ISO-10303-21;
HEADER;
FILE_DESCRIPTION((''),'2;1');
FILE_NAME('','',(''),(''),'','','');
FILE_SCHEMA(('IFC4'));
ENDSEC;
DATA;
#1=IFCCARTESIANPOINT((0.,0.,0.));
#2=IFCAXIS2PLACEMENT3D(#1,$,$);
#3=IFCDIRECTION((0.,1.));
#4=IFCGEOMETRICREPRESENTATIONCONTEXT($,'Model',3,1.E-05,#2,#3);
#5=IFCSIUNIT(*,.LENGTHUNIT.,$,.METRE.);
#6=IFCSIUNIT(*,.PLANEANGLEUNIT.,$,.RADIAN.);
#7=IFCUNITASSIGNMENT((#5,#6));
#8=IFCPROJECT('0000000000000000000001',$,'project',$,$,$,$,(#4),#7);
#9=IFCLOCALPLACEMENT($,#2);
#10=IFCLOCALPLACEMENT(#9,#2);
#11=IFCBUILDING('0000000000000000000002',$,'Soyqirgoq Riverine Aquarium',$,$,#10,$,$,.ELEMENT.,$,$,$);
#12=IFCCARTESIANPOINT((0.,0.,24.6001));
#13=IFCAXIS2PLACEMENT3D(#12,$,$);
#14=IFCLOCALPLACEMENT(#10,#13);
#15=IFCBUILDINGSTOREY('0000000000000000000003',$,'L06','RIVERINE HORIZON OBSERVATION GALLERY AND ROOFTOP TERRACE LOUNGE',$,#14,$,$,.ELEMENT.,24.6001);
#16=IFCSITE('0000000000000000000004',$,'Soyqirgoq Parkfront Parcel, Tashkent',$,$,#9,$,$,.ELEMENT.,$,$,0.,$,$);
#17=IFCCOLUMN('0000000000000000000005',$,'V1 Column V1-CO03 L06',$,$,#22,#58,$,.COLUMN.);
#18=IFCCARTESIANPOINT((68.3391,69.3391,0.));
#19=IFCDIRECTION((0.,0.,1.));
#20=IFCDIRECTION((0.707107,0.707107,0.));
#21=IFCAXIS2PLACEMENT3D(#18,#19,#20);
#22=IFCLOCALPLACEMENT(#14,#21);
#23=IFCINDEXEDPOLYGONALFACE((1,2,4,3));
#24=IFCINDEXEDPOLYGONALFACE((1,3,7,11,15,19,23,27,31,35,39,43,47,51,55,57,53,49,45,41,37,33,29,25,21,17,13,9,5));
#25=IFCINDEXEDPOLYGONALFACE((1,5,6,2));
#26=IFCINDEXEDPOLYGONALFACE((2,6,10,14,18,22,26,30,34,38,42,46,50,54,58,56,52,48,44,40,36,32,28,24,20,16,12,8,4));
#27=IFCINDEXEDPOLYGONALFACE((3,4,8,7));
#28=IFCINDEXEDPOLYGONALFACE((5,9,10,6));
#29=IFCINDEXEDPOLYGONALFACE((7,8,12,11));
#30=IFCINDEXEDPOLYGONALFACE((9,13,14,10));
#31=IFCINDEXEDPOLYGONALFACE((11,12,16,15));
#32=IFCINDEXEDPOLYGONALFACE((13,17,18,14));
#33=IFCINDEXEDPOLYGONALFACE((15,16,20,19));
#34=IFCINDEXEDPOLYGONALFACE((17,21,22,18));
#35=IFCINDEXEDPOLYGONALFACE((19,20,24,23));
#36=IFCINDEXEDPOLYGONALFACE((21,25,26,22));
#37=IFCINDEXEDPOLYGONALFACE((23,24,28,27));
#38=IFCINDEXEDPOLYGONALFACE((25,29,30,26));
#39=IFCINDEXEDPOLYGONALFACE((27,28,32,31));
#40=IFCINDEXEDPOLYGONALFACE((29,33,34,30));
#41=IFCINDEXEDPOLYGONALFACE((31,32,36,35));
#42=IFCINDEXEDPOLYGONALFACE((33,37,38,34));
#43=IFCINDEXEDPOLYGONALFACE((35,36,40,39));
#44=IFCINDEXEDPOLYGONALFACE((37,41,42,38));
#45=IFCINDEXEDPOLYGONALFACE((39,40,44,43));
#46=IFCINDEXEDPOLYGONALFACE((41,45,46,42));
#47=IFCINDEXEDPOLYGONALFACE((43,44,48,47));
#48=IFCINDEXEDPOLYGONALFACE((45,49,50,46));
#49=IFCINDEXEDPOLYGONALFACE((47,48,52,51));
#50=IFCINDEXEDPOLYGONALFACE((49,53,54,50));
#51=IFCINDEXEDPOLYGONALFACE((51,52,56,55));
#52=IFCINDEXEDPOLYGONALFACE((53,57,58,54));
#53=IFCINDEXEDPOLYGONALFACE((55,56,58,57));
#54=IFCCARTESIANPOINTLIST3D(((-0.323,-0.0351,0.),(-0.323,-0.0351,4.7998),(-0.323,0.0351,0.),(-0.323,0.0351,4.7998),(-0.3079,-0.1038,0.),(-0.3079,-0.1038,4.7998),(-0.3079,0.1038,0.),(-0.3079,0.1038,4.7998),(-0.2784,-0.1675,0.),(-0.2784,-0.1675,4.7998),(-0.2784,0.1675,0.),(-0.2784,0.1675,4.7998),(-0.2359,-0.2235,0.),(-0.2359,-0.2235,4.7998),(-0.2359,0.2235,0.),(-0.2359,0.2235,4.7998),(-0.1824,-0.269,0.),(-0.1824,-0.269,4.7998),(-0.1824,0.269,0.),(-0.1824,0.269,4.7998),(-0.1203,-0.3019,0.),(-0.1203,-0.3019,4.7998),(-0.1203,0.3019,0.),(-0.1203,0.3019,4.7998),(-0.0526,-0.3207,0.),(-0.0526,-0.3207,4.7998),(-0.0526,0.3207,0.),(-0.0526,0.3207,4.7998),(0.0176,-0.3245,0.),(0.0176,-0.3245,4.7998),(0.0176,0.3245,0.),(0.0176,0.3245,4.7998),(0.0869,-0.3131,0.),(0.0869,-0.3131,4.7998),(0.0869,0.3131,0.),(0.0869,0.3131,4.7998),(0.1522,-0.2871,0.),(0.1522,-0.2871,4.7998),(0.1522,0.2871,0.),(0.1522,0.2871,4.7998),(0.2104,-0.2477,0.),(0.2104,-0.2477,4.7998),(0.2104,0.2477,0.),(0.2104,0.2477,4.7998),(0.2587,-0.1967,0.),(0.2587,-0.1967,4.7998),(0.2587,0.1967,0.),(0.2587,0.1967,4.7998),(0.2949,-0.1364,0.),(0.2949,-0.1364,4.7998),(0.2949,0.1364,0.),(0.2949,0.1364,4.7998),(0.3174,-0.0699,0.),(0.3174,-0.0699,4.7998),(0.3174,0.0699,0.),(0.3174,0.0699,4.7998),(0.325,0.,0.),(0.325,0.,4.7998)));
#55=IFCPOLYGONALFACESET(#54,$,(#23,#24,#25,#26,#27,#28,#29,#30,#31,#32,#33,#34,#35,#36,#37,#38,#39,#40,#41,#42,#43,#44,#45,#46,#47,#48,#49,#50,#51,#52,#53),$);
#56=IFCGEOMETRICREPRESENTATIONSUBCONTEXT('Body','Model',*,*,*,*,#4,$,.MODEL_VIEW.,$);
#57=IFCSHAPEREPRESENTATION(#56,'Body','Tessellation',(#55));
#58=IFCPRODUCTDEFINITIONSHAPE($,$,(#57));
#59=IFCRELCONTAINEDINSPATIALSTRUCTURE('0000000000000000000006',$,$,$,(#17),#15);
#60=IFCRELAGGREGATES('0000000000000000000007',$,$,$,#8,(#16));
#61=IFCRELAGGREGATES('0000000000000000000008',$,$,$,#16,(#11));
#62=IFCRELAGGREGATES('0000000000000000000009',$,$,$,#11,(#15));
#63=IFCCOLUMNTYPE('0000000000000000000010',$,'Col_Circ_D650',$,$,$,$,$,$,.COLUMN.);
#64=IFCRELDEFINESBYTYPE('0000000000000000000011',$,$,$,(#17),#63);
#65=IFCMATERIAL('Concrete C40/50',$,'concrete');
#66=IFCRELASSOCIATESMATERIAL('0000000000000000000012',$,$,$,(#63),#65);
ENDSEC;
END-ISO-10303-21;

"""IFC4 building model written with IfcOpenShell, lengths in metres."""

from ifc_helpers import new_model, si_unit, direction, frame, origin, origin_2d, place, context, subcontext, project, spatial, circle, extrude, material, material_profile, profile_set, type_object, element, save


model = new_model("IFC4")

# Units and contexts
model_context = context("Model", 3, precision=1e-05, world=origin(), true_north=direction((0.0, 1.0)))
body_context = subcontext(model_context, "Body", "Model", "MODEL_VIEW")
ifc_project = project(units=[si_unit("LENGTHUNIT", "METRE"), si_unit("PLANEANGLEUNIT", "RADIAN")], contexts=[model_context])

# Site, building, storey
site_placement = place(None, origin())
site = spatial("IfcSite", under=ifc_project, at=site_placement, Name="Soyqirgoq Parkfront Parcel, Tashkent", CompositionType="ELEMENT", RefElevation=0.0)
building_placement = place(site_placement, origin())
building = spatial("IfcBuilding", under=site, at=building_placement, Name="Soyqirgoq Riverine Aquarium", CompositionType="ELEMENT")
storey_placement = place(building_placement, frame((0.0, 0.0, 24.6001)))
storey = spatial("IfcBuildingStorey", under=building, at=storey_placement, Name="L06", Description="RIVERINE HORIZON OBSERVATION GALLERY AND ROOFTOP TERRACE LOUNGE", CompositionType="ELEMENT", Elevation=24.6001)

# Column
ifc_material_1 = material(Name="Concrete C40/50", Category="concrete")
ifc_material_profile_1 = material_profile(ifc_material_1, circle(Radius=0.325, at=origin_2d()), Name="RC-COL D650")
ifc_profile_set_1 = profile_set([ifc_material_profile_1], Name="Concrete C40/50")
column_type_1 = type_object("IfcColumnType", Name="Col_Circ_D650", PredefinedType="COLUMN", material=ifc_profile_set_1)
column_1_placement = place(storey_placement, frame((68.3391, 69.3391, 0.0), z_axis=(0.0, 0.0, 1.0), x_axis=(0.707107, 0.707107, 0.0)))
element("IfcColumn", 1, at=column_1_placement, inside=storey, type_object=column_type_1, Name="V1 Column V1-CO03 L06", PredefinedType="COLUMN", context=body_context, shape_type="SweptSolid", body=[
    extrude(circle(Radius=0.325, at=origin_2d()), origin(), (0.0, 0.0, 1.0), 4.7998),
])

save(model, "model.ifc")
